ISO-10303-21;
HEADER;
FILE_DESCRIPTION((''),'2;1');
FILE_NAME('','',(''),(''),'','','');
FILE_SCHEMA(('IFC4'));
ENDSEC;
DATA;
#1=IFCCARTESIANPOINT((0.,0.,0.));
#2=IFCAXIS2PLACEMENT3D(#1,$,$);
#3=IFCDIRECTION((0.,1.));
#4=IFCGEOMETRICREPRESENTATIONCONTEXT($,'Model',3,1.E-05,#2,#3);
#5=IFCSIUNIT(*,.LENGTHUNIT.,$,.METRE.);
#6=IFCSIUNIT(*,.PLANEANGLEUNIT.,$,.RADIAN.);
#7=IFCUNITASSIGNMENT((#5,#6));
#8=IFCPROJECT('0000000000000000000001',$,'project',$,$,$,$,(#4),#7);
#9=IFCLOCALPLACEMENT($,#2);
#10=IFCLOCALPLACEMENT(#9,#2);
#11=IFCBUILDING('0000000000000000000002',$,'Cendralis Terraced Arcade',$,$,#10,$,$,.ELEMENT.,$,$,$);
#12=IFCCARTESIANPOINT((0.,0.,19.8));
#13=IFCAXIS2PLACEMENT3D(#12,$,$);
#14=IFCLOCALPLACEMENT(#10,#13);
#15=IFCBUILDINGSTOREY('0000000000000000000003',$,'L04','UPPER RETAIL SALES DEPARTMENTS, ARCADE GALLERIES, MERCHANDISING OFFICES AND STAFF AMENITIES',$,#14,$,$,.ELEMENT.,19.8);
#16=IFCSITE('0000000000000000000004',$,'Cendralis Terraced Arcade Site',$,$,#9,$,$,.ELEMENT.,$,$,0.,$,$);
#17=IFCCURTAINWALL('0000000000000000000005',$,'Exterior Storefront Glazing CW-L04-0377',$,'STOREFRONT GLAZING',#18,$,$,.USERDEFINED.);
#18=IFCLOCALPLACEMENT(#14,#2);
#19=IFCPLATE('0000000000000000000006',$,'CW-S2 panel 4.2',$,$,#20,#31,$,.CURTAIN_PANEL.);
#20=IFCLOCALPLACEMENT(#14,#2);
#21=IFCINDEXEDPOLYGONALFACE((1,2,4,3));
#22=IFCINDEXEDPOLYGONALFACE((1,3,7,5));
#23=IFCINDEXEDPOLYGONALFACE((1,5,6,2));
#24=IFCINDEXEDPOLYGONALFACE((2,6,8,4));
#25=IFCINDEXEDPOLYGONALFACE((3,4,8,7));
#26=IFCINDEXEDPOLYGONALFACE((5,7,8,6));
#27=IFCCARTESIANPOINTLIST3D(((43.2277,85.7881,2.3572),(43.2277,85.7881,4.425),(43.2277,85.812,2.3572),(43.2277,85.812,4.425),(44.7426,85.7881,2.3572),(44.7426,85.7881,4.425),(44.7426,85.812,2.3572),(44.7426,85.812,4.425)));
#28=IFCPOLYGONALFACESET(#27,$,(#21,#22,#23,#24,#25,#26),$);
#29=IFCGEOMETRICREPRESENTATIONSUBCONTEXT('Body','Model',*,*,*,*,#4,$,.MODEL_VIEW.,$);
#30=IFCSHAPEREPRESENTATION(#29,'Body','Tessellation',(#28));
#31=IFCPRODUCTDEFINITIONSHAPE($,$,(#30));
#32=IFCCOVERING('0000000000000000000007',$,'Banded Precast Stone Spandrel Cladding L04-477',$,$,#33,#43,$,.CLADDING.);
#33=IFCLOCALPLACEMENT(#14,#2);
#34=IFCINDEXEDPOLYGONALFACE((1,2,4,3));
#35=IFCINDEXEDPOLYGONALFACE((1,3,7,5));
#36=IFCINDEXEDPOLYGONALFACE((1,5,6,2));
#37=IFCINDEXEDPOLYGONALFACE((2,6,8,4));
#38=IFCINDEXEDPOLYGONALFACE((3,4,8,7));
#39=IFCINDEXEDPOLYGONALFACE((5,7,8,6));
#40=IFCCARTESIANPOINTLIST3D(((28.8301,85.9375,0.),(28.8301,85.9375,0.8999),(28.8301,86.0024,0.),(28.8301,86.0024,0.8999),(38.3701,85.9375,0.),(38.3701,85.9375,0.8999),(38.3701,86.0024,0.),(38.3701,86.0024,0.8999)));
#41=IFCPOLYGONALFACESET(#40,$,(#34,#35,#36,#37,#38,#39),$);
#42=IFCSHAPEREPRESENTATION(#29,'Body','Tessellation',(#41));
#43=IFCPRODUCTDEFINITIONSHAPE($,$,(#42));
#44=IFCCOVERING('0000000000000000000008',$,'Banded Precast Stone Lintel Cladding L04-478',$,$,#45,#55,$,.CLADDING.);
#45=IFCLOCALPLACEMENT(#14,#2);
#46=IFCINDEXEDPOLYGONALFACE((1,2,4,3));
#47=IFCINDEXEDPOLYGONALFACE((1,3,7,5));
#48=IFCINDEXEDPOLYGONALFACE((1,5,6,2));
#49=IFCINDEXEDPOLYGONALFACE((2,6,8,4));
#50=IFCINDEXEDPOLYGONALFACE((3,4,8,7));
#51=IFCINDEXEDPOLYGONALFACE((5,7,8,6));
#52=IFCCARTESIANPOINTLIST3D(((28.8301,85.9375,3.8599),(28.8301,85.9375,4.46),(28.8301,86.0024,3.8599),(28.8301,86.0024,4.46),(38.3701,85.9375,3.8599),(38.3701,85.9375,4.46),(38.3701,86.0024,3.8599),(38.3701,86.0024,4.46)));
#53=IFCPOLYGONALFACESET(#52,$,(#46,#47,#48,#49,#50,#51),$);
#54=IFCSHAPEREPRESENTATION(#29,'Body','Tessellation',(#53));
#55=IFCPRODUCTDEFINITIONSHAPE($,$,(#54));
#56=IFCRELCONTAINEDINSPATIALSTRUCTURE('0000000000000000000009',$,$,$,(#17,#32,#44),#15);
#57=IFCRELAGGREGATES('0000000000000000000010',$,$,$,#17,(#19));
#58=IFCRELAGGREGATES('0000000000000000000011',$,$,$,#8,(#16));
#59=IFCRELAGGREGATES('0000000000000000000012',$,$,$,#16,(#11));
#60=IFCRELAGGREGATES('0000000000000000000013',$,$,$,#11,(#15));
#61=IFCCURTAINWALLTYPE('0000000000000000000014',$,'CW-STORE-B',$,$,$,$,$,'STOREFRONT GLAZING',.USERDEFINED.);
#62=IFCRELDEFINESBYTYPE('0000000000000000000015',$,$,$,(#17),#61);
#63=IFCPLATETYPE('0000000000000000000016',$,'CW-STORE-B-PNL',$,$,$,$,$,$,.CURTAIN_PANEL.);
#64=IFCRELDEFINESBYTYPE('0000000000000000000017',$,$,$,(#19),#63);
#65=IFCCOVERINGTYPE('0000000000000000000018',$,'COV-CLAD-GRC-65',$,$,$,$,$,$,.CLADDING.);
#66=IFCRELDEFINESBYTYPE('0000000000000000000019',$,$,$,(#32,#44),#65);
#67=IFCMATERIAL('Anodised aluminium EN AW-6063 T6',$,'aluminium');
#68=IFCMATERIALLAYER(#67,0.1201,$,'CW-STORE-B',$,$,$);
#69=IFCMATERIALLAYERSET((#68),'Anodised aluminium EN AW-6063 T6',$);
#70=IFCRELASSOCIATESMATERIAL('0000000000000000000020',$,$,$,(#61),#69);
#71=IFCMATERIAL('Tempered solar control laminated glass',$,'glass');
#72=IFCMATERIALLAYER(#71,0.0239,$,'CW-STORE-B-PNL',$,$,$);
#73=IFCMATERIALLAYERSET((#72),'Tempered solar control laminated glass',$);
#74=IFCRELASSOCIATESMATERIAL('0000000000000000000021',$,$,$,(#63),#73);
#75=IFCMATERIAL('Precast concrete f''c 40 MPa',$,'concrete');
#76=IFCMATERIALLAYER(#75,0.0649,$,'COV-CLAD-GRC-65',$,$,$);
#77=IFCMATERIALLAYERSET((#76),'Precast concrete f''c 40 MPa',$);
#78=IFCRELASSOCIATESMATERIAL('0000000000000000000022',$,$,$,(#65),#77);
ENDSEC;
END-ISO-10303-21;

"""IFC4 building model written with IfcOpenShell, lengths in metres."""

from ifc_helpers import new_model, si_unit, direction, frame, origin, origin_2d, place, context, subcontext, project, spatial, rectangle, extrude, material, layer, layer_set, type_object, element, aggregate, save


model = new_model("IFC4")

# Units and contexts
model_context = context("Model", 3, precision=1e-05, world=origin(), true_north=direction((0.0, 1.0)))
body_context = subcontext(model_context, "Body", "Model", "MODEL_VIEW")
ifc_project = project(units=[si_unit("LENGTHUNIT", "METRE"), si_unit("PLANEANGLEUNIT", "RADIAN")], contexts=[model_context])

# Site, building, storey
site_placement = place(None, origin())
site = spatial("IfcSite", under=ifc_project, at=site_placement, Name="Cendralis Terraced Arcade Site", CompositionType="ELEMENT", RefElevation=0.0)
building_placement = place(site_placement, origin())
building = spatial("IfcBuilding", under=site, at=building_placement, Name="Cendralis Terraced Arcade", CompositionType="ELEMENT")
storey_placement = place(building_placement, frame((0.0, 0.0, 19.8)))
storey = spatial("IfcBuildingStorey", under=building, at=storey_placement, Name="L04", Description="UPPER RETAIL SALES DEPARTMENTS, ARCADE GALLERIES, MERCHANDISING OFFICES AND STAFF AMENITIES", CompositionType="ELEMENT", Elevation=19.8)

# Curtain wall, plate
ifc_material_1 = material(Name="Anodised aluminium EN AW-6063 T6", Category="aluminium")
ifc_layer_1 = layer(ifc_material_1, 0.1201, Name="CW-STORE-B")
ifc_layer_set_1 = layer_set([ifc_layer_1], Name="Anodised aluminium EN AW-6063 T6")
curtain_wall_type = type_object("IfcCurtainWallType", Name="CW-STORE-B", ElementType="STOREFRONT GLAZING", PredefinedType="USERDEFINED", material=ifc_layer_set_1)
curtain_wall_placement = place(storey_placement, origin())
curtain_wall = element("IfcCurtainWall", 1, at=curtain_wall_placement, inside=storey, type_object=curtain_wall_type, Name="Exterior Storefront Glazing CW-L04-0377", ObjectType="STOREFRONT GLAZING", PredefinedType="USERDEFINED")
ifc_material_2 = material(Name="Tempered solar control laminated glass", Category="glass")
ifc_layer_2 = layer(ifc_material_2, 0.0239, Name="CW-STORE-B-PNL")
ifc_layer_set_2 = layer_set([ifc_layer_2], Name="Tempered solar control laminated glass")
plate_type = type_object("IfcPlateType", Name="CW-STORE-B-PNL", PredefinedType="CURTAIN_PANEL", material=ifc_layer_set_2)
plate_1_placement = place(storey_placement, frame((43.9851, 85.8, 2.3572), z_axis=(0.0, 0.0, 1.0), x_axis=(1.0, 0.0, 0.0)))
plate_1 = element("IfcPlate", 2, at=plate_1_placement, type_object=plate_type, Name="CW-S2 panel 4.2", PredefinedType="CURTAIN_PANEL", context=body_context, shape_type="SweptSolid", body=[
    extrude(rectangle(XDim=1.5149, YDim=0.0239, at=origin_2d()), origin(), (0.0, 0.0, 1.0), 2.0679),
])
aggregate(curtain_wall, [plate_1])

# Coverings
ifc_material_3 = material(Name="Precast concrete f'c 40 MPa", Category="concrete")
ifc_layer_3 = layer(ifc_material_3, 0.0649, Name="COV-CLAD-GRC-65")
ifc_layer_set_3 = layer_set([ifc_layer_3], Name="Precast concrete f'c 40 MPa")
covering_type = type_object("IfcCoveringType", Name="COV-CLAD-GRC-65", PredefinedType="CLADDING", material=ifc_layer_set_3)
covering_1_placement = place(storey_placement, frame((33.6001, 85.97, 0.0), z_axis=(0.0, 0.0, 1.0), x_axis=(1.0, 0.0, 0.0)))
element("IfcCovering", 3, at=covering_1_placement, inside=storey, type_object=covering_type, Name="Banded Precast Stone Spandrel Cladding L04-477", PredefinedType="CLADDING", context=body_context, shape_type="SweptSolid", body=[
    extrude(rectangle(XDim=9.54, YDim=0.0649, at=origin_2d()), origin(), (0.0, 0.0, 1.0), 0.8999),
])
covering_2_placement = place(storey_placement, frame((33.6001, 85.97, 3.8599), z_axis=(0.0, 0.0, 1.0), x_axis=(1.0, 0.0, 0.0)))
element("IfcCovering", 4, at=covering_2_placement, inside=storey, type_object=covering_type, Name="Banded Precast Stone Lintel Cladding L04-478", PredefinedType="CLADDING", context=body_context, shape_type="SweptSolid", body=[
    extrude(rectangle(XDim=9.54, YDim=0.0649, at=origin_2d()), origin(), (0.0, 0.0, 1.0), 0.6001),
])

save(model, "model.ifc")
